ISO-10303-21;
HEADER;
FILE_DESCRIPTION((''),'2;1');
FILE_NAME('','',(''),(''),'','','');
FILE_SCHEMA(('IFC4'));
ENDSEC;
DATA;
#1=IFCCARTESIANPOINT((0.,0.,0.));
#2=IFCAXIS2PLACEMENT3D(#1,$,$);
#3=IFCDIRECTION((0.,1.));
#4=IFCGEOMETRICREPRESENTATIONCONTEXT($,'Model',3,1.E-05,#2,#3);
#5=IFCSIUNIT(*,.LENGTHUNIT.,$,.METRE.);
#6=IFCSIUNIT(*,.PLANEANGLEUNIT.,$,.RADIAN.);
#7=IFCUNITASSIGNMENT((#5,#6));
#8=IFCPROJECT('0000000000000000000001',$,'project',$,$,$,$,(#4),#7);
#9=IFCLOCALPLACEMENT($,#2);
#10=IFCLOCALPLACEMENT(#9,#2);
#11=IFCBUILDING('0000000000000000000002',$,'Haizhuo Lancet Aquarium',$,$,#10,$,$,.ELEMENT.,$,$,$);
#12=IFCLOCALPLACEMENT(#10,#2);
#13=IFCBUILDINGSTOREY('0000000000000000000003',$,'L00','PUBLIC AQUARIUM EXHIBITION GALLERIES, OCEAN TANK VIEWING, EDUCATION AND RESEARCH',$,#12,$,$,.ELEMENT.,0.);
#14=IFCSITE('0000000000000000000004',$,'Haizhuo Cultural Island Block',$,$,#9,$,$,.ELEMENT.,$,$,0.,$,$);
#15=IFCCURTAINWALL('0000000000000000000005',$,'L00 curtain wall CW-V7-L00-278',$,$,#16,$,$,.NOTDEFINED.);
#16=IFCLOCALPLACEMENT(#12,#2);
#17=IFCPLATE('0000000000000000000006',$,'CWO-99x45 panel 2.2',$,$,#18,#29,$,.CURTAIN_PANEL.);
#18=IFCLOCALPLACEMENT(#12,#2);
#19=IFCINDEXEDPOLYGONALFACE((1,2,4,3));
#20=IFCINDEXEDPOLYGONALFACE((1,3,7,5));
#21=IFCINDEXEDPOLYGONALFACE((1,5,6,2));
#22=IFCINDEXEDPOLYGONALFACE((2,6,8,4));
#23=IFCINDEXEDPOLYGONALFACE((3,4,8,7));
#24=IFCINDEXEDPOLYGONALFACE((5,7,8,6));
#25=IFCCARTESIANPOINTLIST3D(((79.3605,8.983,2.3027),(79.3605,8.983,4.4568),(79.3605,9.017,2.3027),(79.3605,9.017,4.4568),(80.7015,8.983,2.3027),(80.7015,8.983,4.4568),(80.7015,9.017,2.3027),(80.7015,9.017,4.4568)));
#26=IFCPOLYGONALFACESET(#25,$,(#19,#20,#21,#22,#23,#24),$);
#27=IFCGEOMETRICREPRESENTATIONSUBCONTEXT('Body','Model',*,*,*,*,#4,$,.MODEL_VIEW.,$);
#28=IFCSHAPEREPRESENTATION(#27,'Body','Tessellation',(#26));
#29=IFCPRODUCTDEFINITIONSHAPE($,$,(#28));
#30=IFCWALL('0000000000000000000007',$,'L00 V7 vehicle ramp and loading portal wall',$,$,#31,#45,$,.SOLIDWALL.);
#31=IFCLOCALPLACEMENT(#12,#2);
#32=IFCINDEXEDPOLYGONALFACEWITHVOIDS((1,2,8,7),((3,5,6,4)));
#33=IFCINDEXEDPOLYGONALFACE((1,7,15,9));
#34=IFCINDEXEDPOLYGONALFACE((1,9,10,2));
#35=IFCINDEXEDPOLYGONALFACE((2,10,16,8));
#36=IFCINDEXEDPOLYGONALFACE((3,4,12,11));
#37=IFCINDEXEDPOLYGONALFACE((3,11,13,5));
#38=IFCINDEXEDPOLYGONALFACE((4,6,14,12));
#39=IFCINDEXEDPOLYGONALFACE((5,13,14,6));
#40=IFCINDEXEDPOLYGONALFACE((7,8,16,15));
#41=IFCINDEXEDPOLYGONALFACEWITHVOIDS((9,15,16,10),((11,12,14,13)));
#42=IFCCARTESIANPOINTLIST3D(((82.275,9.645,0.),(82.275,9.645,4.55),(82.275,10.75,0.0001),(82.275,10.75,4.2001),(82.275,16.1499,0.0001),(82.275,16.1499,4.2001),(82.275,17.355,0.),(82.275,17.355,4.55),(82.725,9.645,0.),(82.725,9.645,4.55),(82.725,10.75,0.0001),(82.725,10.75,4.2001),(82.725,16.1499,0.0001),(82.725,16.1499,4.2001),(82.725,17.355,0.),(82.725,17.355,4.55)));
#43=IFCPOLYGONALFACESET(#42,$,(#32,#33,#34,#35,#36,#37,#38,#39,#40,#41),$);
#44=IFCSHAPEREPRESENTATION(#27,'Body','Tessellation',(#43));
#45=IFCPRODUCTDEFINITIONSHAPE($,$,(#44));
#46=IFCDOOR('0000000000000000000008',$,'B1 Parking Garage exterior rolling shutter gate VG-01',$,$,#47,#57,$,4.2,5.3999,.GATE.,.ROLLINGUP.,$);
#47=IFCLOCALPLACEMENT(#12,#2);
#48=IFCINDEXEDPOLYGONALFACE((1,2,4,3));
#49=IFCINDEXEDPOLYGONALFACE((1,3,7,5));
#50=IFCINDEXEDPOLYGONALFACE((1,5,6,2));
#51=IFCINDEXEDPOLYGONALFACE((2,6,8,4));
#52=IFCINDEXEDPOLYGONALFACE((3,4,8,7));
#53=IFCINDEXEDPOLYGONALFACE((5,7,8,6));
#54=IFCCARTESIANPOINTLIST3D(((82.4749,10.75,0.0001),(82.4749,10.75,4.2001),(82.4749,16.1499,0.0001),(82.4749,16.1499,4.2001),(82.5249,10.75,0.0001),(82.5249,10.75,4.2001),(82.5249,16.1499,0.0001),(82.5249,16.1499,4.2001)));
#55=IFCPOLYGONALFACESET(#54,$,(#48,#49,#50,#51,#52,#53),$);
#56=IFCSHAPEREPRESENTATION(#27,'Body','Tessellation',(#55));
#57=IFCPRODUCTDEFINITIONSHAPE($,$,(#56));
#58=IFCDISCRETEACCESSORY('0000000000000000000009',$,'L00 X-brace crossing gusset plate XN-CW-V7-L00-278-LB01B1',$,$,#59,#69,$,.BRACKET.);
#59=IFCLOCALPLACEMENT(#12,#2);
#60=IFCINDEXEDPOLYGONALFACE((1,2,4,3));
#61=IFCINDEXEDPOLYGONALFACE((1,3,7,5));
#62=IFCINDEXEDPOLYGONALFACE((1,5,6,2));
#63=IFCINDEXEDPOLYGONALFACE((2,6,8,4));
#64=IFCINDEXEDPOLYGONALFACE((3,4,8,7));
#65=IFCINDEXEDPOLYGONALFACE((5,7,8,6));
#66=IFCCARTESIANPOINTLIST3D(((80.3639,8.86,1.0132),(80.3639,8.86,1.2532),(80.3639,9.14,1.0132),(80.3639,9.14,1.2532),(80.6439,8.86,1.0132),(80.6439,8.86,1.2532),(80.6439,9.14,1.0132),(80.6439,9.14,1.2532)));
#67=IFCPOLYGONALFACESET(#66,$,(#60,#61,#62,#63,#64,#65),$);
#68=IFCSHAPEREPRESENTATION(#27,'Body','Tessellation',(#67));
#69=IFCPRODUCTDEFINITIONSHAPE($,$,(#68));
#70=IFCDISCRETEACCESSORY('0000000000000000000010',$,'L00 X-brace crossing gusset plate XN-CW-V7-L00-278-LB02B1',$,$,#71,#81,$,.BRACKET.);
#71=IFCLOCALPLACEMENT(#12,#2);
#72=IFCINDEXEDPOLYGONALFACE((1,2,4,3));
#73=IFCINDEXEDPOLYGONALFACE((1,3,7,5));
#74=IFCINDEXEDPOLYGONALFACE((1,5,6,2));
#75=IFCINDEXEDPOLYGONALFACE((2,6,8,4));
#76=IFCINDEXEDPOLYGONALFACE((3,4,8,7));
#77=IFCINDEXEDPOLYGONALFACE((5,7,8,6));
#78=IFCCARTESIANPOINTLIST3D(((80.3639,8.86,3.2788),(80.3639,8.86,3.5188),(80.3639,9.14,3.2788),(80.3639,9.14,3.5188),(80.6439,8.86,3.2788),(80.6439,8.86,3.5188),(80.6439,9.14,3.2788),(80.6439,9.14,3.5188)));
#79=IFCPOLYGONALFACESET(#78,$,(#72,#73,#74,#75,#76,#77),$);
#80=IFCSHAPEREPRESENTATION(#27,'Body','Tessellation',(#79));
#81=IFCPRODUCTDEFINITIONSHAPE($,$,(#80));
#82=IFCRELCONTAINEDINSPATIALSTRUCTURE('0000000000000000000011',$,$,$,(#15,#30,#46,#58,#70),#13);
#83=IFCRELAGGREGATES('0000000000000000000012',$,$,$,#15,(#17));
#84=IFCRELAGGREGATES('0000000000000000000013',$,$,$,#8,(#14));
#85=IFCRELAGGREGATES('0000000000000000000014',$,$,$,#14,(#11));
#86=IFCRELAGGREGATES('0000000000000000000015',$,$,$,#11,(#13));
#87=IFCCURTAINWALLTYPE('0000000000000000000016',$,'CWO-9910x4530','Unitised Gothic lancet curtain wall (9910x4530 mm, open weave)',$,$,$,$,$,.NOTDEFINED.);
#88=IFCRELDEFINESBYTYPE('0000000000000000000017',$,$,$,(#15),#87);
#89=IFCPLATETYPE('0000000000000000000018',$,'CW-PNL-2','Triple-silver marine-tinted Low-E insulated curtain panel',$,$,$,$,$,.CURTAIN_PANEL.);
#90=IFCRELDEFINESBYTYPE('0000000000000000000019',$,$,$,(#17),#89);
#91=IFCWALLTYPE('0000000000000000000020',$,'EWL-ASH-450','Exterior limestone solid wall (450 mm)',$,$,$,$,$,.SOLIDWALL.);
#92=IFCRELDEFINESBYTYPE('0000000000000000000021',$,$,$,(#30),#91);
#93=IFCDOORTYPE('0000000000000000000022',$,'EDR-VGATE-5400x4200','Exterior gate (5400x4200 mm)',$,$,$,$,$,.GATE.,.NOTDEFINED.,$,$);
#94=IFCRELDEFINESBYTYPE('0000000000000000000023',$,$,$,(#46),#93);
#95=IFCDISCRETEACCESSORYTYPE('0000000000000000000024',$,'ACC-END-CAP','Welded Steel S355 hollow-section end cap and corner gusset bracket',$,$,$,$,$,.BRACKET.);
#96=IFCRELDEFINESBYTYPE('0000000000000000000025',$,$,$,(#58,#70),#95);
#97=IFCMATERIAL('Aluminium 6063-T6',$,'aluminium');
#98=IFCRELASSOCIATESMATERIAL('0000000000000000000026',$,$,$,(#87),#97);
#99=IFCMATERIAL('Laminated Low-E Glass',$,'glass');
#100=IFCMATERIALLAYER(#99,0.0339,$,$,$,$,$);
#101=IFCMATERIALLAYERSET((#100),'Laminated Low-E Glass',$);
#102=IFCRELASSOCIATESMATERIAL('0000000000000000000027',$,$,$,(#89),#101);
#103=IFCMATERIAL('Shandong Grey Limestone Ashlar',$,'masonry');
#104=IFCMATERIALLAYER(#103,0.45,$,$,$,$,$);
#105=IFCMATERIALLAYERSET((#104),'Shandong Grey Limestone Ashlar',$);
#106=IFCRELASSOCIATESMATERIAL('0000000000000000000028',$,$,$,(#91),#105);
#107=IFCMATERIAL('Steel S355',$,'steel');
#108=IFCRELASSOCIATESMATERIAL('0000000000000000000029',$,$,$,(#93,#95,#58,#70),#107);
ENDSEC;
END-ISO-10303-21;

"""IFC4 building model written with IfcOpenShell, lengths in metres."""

from ifc_helpers import new_model, si_unit, direction, frame, frame_2d, origin, origin_2d, place, context, subcontext, project, spatial, rectangle, extrude, material, layer, layer_set, type_object, element, fill, aggregate, save


model = new_model("IFC4")

# Units and contexts
model_context = context("Model", 3, precision=1e-05, world=origin(), true_north=direction((0.0, 1.0)))
body_context = subcontext(model_context, "Body", "Model", "MODEL_VIEW")
ifc_project = project(units=[si_unit("LENGTHUNIT", "METRE"), si_unit("PLANEANGLEUNIT", "RADIAN")], contexts=[model_context])

# Site, building, storey
site_placement = place(None, origin())
site = spatial("IfcSite", under=ifc_project, at=site_placement, Name="Haizhuo Cultural Island Block", CompositionType="ELEMENT", RefElevation=0.0)
building_placement = place(site_placement, origin())
building = spatial("IfcBuilding", under=site, at=building_placement, Name="Haizhuo Lancet Aquarium", CompositionType="ELEMENT")
storey_placement = place(building_placement, origin())
storey = spatial("IfcBuildingStorey", under=building, at=storey_placement, Name="L00", Description="PUBLIC AQUARIUM EXHIBITION GALLERIES, OCEAN TANK VIEWING, EDUCATION AND RESEARCH", CompositionType="ELEMENT", Elevation=0.0)

# Shared definitions
ifc_material_1 = material(Name="Steel S355", Category="steel")

# Shared definitions
ifc_material_2 = material(Name="Aluminium 6063-T6", Category="aluminium")

# Curtain wall
curtain_wall_type_1 = type_object("IfcCurtainWallType", Name="CWO-9910x4530", Description="Unitised Gothic lancet curtain wall (9910x4530 mm, open weave)", PredefinedType="NOTDEFINED", material=ifc_material_2)
curtain_wall_1_placement = place(storey_placement, origin())
curtain_wall_1 = element("IfcCurtainWall", 1, at=curtain_wall_1_placement, inside=storey, type_object=curtain_wall_type_1, Name="L00 curtain wall CW-V7-L00-278", PredefinedType="NOTDEFINED")

# Plate
ifc_material_3 = material(Name="Laminated Low-E Glass", Category="glass")
ifc_layer_1 = layer(ifc_material_3, 0.0339)
ifc_layer_set_1 = layer_set([ifc_layer_1], Name="Laminated Low-E Glass")
plate_type = type_object("IfcPlateType", Name="CW-PNL-2", Description="Triple-silver marine-tinted Low-E insulated curtain panel", PredefinedType="CURTAIN_PANEL", material=ifc_layer_set_1)
plate_1_placement = place(storey_placement, frame((80.031, 9.0, 2.3027), z_axis=(0.0, 0.0, 1.0), x_axis=(-1.0, 0.0, 0.0)))
plate_1 = element("IfcPlate", 2, at=plate_1_placement, type_object=plate_type, Name="CWO-99x45 panel 2.2", PredefinedType="CURTAIN_PANEL", context=body_context, shape_type="SweptSolid", body=[
    extrude(rectangle(XDim=1.3411, YDim=0.0339, at=origin_2d()), origin(), (0.0, 0.0, 1.0), 2.1541),
])
aggregate(curtain_wall_1, [plate_1])

# Wall, opening, door
ifc_material_4 = material(Name="Shandong Grey Limestone Ashlar", Category="masonry")
ifc_layer_2 = layer(ifc_material_4, 0.45)
ifc_layer_set_2 = layer_set([ifc_layer_2], Name="Shandong Grey Limestone Ashlar")
wall_type = type_object("IfcWallType", Name="EWL-ASH-450", Description="Exterior limestone solid wall (450 mm)", PredefinedType="SOLIDWALL", material=ifc_layer_set_2)
wall_placement = place(storey_placement, frame((82.5, 17.355, 0.0), z_axis=(0.0, 0.0, 1.0), x_axis=(0.0, -1.0, 0.0)))
wall = element("IfcWall", 3, at=wall_placement, inside=storey, type_object=wall_type, Name="L00 V7 vehicle ramp and loading portal wall", PredefinedType="SOLIDWALL", context=body_context, shape_type="SweptSolid", body=[
    extrude(rectangle(XDim=7.71, YDim=0.45, at=frame_2d((3.855, 0.0))), origin(), (0.0, 0.0, 1.0), 4.55),
])
opening_placement = place(wall_placement, frame((1.2051, 0.0, 0.0)))
opening = element("IfcOpeningElement", 4, at=opening_placement, cuts=wall, PredefinedType="OPENING", context=body_context, shape_type="SweptSolid", body=[
    extrude(rectangle(XDim=5.3999, YDim=4.2, at=frame_2d((2.7, 2.1001))), frame((0.0, 0.2349, 0.0), z_axis=(0.0, -1.0, 0.0), x_axis=(1.0, 0.0, 0.0)), (0.0, 0.0, 1.0), 0.47),
])
door_type = type_object("IfcDoorType", Name="EDR-VGATE-5400x4200", Description="Exterior gate (5400x4200 mm)", OperationType="NOTDEFINED", PredefinedType="GATE", material=ifc_material_1)
door_placement = place(opening_placement, origin())
door = element("IfcDoor", 5, at=door_placement, inside=storey, type_object=door_type, Name="B1 Parking Garage exterior rolling shutter gate VG-01", OperationType="ROLLINGUP", OverallHeight=4.2, OverallWidth=5.3999, PredefinedType="GATE", context=body_context, shape_type="SweptSolid", body=[
    extrude(rectangle(XDim=5.3999, YDim=4.2, at=frame_2d((2.7, 2.1001))), frame((0.0, 0.0249, 0.0), z_axis=(0.0, -1.0, 0.0), x_axis=(1.0, 0.0, 0.0)), (0.0, 0.0, 1.0), 0.05),
])
fill(opening, door)

# Discrete accessories
discrete_accessory_type = type_object("IfcDiscreteAccessoryType", Name="ACC-END-CAP", Description="Welded Steel S355 hollow-section end cap and corner gusset bracket", PredefinedType="BRACKET", material=ifc_material_1)
for number, where, z_axis, x_axis, name in (
    (6, (80.5039, 9.0, 1.0132), (0.0, 0.0, 1.0), (1.0, 0.0, 0.0), "L00 X-brace crossing gusset plate XN-CW-V7-L00-278-LB01B1"),
    (7, (80.5039, 9.0, 3.2788), (0.0, 0.0, 1.0), (1.0, 0.0, 0.0), "L00 X-brace crossing gusset plate XN-CW-V7-L00-278-LB02B1"),
):
    element("IfcDiscreteAccessory", number, at=place(storey_placement, frame(where, z_axis=z_axis, x_axis=x_axis)), inside=storey, type_object=discrete_accessory_type, material=ifc_material_1, Name=name, PredefinedType="BRACKET", context=body_context, shape_type="SweptSolid", body=[
        extrude(rectangle(XDim=0.28, YDim=0.28, at=origin_2d()), origin(), (0.0, 0.0, 1.0), 0.24),
    ])

save(model, "model.ifc")
